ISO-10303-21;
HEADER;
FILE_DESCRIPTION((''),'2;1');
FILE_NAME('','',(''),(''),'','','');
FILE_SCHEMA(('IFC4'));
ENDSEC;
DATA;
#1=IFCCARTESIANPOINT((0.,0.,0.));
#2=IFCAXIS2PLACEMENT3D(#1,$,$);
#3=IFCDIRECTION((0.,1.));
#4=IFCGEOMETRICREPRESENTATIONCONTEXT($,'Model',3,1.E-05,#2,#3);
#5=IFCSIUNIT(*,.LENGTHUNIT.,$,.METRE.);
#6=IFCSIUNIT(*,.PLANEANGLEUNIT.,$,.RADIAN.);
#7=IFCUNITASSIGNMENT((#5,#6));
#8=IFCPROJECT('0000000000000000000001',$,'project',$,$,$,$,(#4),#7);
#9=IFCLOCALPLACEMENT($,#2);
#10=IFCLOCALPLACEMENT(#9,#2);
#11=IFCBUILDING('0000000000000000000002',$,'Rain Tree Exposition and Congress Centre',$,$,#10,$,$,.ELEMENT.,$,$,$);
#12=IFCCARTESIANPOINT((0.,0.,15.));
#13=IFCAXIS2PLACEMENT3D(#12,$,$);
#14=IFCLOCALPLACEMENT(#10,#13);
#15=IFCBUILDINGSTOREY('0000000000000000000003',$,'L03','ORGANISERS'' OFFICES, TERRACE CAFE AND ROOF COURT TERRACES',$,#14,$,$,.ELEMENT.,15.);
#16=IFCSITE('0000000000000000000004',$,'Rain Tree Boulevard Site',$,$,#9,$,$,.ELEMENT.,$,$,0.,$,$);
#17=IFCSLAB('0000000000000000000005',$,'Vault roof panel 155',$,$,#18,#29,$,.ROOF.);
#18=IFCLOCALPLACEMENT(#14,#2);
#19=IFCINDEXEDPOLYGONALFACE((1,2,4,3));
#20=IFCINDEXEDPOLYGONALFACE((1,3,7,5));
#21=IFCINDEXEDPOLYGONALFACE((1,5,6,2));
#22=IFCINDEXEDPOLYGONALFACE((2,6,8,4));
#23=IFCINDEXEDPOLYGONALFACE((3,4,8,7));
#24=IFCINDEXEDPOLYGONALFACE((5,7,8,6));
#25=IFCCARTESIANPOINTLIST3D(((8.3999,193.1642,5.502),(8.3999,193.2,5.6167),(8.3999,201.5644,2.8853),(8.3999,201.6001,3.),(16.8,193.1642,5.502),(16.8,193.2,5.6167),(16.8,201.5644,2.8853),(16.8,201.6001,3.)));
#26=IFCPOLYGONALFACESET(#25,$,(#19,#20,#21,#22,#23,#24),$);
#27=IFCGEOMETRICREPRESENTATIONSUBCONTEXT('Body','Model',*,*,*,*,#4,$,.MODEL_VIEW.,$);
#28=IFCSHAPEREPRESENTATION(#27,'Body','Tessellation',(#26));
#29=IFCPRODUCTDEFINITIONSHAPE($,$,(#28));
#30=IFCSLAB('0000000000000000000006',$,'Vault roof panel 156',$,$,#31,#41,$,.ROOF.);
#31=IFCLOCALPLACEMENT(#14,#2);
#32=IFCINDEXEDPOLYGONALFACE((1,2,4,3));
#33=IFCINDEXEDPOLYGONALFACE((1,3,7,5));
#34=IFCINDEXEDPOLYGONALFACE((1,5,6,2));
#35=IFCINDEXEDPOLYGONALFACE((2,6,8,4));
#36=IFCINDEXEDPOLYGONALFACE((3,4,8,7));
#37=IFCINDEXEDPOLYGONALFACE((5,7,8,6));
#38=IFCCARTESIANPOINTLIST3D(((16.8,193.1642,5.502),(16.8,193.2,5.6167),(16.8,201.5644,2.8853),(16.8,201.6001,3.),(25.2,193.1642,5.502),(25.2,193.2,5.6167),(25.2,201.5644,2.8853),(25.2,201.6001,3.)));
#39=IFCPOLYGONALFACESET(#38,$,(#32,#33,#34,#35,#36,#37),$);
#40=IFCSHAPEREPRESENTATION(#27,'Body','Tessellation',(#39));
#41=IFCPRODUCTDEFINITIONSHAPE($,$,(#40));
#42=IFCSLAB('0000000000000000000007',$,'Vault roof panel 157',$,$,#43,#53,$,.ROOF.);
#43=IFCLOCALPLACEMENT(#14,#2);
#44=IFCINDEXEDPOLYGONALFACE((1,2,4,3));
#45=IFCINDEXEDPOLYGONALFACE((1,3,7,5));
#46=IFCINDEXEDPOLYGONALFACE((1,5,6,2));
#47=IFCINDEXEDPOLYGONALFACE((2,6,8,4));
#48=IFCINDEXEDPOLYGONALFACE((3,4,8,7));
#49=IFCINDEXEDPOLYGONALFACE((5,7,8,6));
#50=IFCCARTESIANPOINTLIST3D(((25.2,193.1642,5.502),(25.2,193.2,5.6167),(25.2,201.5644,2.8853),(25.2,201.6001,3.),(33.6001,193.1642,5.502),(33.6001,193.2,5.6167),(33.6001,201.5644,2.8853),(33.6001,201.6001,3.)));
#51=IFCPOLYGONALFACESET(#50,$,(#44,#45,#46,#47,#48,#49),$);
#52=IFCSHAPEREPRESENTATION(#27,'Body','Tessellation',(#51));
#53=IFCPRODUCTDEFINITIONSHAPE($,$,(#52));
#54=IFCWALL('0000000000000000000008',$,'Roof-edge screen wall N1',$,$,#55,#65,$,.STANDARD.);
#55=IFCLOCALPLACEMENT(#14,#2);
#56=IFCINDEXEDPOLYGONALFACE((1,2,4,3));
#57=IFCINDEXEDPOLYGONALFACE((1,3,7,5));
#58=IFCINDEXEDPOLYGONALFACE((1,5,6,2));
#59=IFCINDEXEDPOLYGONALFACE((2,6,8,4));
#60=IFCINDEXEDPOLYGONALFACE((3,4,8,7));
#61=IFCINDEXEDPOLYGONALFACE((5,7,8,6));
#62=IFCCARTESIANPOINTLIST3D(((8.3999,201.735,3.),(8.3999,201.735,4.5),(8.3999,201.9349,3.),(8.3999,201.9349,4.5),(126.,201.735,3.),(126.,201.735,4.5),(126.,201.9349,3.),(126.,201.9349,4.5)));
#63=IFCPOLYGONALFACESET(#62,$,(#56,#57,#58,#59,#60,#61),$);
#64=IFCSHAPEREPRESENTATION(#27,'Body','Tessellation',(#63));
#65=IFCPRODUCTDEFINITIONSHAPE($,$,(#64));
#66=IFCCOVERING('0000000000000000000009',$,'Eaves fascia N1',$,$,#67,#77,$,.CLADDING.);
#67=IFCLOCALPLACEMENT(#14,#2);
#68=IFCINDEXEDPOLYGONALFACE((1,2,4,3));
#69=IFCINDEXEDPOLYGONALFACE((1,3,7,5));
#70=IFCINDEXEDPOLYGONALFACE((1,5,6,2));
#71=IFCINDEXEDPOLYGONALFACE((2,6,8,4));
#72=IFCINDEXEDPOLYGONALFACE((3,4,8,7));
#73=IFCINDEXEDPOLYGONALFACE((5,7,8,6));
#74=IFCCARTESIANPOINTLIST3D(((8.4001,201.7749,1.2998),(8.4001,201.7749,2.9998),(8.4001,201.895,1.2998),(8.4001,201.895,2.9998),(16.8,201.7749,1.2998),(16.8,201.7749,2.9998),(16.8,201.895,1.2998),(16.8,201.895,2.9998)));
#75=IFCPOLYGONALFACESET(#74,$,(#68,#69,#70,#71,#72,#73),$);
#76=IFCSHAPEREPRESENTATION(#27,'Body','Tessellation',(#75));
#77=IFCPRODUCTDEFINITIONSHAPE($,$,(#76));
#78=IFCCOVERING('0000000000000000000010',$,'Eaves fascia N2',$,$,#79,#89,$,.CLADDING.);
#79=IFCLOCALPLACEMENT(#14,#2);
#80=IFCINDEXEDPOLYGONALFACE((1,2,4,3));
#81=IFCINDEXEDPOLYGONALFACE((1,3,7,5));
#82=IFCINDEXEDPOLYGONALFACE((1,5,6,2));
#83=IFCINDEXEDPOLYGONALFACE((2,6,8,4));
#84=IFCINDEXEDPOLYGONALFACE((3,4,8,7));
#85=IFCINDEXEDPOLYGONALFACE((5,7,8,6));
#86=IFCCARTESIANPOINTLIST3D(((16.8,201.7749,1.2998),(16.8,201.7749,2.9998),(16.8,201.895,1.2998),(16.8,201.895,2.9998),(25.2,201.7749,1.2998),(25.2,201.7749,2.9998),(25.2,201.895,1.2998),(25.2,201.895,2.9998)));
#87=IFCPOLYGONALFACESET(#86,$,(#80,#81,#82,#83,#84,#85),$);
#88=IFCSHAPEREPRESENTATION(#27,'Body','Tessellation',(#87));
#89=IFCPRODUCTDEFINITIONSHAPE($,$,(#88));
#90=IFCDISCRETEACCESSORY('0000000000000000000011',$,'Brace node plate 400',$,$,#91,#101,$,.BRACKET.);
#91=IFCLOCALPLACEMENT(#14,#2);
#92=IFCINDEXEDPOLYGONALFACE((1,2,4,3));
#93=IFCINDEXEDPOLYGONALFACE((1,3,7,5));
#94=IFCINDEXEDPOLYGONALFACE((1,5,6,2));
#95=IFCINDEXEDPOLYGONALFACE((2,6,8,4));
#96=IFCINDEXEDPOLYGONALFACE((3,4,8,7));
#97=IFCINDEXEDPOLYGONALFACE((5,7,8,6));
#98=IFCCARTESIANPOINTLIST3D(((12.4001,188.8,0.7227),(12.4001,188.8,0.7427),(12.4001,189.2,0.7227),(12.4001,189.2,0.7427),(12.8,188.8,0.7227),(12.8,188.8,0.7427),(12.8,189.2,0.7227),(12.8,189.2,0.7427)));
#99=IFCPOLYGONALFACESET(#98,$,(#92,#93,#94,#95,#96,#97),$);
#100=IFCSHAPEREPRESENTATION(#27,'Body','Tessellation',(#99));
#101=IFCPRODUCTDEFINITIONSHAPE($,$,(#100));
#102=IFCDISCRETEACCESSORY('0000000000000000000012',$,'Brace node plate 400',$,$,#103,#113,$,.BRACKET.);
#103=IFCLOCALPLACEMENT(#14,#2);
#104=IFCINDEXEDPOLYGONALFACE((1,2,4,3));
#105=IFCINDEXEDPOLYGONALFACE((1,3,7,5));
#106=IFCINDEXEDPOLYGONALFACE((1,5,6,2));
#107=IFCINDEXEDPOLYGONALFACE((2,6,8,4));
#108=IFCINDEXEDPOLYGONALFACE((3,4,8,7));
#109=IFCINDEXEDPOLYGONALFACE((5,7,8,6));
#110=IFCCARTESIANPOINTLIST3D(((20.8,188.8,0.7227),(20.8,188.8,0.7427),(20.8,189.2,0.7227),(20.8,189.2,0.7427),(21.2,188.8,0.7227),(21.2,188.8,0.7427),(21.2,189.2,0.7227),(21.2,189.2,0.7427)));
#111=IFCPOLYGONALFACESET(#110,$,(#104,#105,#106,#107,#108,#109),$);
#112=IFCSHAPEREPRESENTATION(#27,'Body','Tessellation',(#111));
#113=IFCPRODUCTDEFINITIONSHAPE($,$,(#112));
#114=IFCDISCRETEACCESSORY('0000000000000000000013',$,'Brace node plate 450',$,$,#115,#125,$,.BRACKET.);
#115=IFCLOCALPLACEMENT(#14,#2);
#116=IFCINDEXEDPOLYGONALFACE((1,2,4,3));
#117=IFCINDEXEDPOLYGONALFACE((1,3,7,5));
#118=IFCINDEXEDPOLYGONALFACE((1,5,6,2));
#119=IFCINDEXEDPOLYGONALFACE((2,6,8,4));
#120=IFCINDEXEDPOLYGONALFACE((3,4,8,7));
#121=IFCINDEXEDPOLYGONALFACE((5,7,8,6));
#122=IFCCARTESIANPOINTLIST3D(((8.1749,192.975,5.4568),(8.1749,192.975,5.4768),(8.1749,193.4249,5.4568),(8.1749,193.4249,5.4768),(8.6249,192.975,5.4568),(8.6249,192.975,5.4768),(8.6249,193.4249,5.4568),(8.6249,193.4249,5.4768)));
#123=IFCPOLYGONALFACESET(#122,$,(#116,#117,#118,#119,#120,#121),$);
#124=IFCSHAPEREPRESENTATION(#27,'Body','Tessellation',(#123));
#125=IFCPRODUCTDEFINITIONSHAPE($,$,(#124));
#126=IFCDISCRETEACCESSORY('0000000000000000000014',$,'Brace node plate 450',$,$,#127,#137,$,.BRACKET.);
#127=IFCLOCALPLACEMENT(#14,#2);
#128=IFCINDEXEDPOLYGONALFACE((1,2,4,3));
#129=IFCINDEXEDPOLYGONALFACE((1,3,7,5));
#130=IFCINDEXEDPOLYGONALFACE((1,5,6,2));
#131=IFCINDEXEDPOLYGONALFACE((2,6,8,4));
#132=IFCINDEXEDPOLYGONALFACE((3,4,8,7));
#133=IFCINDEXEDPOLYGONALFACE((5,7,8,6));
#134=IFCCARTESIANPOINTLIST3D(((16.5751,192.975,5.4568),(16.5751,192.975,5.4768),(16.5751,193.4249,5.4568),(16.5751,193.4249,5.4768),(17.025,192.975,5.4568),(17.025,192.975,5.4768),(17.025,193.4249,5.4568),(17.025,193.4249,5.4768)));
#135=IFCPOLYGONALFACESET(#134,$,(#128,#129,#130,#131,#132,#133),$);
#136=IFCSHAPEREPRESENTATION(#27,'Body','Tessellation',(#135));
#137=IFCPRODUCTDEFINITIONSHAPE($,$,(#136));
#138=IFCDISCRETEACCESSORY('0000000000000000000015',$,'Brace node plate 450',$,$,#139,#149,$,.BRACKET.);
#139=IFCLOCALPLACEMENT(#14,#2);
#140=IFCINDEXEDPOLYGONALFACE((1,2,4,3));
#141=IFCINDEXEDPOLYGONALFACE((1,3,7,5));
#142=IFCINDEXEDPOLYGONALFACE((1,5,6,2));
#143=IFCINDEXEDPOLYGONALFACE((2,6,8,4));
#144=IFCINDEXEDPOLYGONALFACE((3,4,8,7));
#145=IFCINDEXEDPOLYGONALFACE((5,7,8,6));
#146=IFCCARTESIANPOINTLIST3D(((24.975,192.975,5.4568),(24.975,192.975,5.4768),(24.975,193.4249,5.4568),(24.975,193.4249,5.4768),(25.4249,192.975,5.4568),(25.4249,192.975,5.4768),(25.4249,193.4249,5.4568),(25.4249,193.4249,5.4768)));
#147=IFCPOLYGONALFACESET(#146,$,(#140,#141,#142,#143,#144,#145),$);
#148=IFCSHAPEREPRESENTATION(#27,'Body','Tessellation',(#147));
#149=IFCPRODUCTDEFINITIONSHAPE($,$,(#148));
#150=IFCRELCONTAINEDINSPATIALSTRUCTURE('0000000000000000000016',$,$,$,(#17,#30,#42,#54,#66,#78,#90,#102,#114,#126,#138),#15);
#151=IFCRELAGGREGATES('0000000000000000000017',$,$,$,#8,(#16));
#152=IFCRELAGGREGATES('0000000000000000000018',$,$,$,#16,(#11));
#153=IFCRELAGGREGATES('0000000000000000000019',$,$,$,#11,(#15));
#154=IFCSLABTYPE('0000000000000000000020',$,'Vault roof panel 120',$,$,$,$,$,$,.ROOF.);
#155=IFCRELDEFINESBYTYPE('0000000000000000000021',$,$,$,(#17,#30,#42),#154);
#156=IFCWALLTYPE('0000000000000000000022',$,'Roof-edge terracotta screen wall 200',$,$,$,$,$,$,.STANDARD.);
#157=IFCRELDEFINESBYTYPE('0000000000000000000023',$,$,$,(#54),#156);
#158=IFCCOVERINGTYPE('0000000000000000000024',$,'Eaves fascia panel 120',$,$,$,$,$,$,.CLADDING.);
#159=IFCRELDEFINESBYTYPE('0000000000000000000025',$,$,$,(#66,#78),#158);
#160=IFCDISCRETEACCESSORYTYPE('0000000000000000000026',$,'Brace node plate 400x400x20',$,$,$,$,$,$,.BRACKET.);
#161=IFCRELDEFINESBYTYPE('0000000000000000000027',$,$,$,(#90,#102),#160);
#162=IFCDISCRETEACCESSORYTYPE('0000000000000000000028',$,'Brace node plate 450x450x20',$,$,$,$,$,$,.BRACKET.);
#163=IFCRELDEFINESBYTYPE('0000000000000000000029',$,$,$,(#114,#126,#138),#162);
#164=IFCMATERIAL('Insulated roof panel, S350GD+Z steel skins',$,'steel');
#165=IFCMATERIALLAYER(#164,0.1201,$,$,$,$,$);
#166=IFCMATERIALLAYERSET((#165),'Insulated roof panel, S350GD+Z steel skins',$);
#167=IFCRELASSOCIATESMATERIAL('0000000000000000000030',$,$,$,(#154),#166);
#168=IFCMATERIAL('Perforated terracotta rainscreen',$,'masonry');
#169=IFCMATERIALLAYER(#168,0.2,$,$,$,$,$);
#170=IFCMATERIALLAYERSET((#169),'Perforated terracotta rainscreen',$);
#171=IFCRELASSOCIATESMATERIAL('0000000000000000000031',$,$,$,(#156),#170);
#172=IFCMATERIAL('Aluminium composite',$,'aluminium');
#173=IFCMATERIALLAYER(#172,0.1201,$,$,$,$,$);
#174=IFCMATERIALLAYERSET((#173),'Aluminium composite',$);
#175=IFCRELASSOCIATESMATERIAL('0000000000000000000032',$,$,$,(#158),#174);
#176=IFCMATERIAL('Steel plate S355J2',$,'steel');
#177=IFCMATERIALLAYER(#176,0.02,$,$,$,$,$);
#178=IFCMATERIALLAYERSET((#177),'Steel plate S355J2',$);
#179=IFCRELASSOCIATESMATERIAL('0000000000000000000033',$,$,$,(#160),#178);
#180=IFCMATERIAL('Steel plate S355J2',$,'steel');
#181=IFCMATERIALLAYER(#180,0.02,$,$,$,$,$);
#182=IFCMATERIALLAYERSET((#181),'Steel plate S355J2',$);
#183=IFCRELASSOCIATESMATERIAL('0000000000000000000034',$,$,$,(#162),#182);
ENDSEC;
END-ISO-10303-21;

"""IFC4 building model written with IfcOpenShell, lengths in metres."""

from ifc_helpers import new_model, si_unit, direction, frame, frame_2d, origin, origin_2d, place, context, subcontext, project, spatial, polyline, rectangle, outline, extrude, material, layer, layer_set, type_object, element, save


model = new_model("IFC4")

# Units and contexts
model_context = context("Model", 3, precision=1e-05, world=origin(), true_north=direction((0.0, 1.0)))
body_context = subcontext(model_context, "Body", "Model", "MODEL_VIEW")
ifc_project = project(units=[si_unit("LENGTHUNIT", "METRE"), si_unit("PLANEANGLEUNIT", "RADIAN")], contexts=[model_context])

# Site, building, storey
site_placement = place(None, origin())
site = spatial("IfcSite", under=ifc_project, at=site_placement, Name="Rain Tree Boulevard Site", CompositionType="ELEMENT", RefElevation=0.0)
building_placement = place(site_placement, origin())
building = spatial("IfcBuilding", under=site, at=building_placement, Name="Rain Tree Exposition and Congress Centre", CompositionType="ELEMENT")
storey_placement = place(building_placement, frame((0.0, 0.0, 15.0)))
storey = spatial("IfcBuildingStorey", under=building, at=storey_placement, Name="L03", Description="ORGANISERS' OFFICES, TERRACE CAFE AND ROOF COURT TERRACES", CompositionType="ELEMENT", Elevation=15.0)

# Slabs
ifc_material_1 = material(Name="Insulated roof panel, S350GD+Z steel skins", Category="steel")
ifc_layer_1 = layer(ifc_material_1, 0.1201)
ifc_layer_set_1 = layer_set([ifc_layer_1], Name="Insulated roof panel, S350GD+Z steel skins")
slab_type = type_object("IfcSlabType", Name="Vault roof panel 120", PredefinedType="ROOF", material=ifc_layer_set_1)
slab_1_placement = place(storey_placement, frame((8.3999, 193.2, 5.6167), z_axis=(0.0, 0.297411, 0.95475), x_axis=(1.0, 0.0, 0.0)))
element("IfcSlab", 1, at=slab_1_placement, inside=storey, type_object=slab_type, Name="Vault roof panel 155", PredefinedType="ROOF", context=body_context, shape_type="SweptSolid", body=[
    extrude(outline(polyline([(0.0, 0.0), (8.4001, 0.0), (8.4001, 8.7983), (0.0, 8.7983), (0.0, 0.0)])), origin(), (0.0, 0.0, -1.0), 0.1201),
])
slab_2_placement = place(storey_placement, frame((16.8, 193.2, 5.6167), z_axis=(0.0, 0.297411, 0.95475), x_axis=(1.0, 0.0, 0.0)))
element("IfcSlab", 2, at=slab_2_placement, inside=storey, type_object=slab_type, Name="Vault roof panel 156", PredefinedType="ROOF", context=body_context, shape_type="SweptSolid", body=[
    extrude(outline(polyline([(0.0, 0.0), (8.3999, 0.0), (8.3999, 8.7983), (0.0, 8.7983), (0.0, 0.0)])), origin(), (0.0, 0.0, -1.0), 0.1201),
])
slab_3_placement = place(storey_placement, frame((25.2, 193.2, 5.6167), z_axis=(0.0, 0.297411, 0.95475), x_axis=(1.0, 0.0, 0.0)))
element("IfcSlab", 3, at=slab_3_placement, inside=storey, type_object=slab_type, Name="Vault roof panel 157", PredefinedType="ROOF", context=body_context, shape_type="SweptSolid", body=[
    extrude(outline(polyline([(0.0, 0.0), (8.4001, 0.0), (8.4001, 8.7983), (0.0, 8.7983), (0.0, 0.0)])), origin(), (0.0, 0.0, -1.0), 0.1201),
])

# Wall
ifc_material_2 = material(Name="Perforated terracotta rainscreen", Category="masonry")
ifc_layer_2 = layer(ifc_material_2, 0.2)
ifc_layer_set_2 = layer_set([ifc_layer_2], Name="Perforated terracotta rainscreen")
wall_type = type_object("IfcWallType", Name="Roof-edge terracotta screen wall 200", PredefinedType="STANDARD", material=ifc_layer_set_2)
wall_placement = place(storey_placement, frame((8.3999, 201.835, 3.0), z_axis=(0.0, 0.0, 1.0), x_axis=(1.0, 0.0, 0.0)))
element("IfcWall", 4, at=wall_placement, inside=storey, type_object=wall_type, Name="Roof-edge screen wall N1", PredefinedType="STANDARD", context=body_context, shape_type="SweptSolid", body=[
    extrude(rectangle(XDim=117.6001, YDim=0.2, at=frame_2d((58.8, 0.0))), origin(), (0.0, 0.0, 1.0), 1.5),
])

# Coverings
ifc_material_3 = material(Name="Aluminium composite", Category="aluminium")
ifc_layer_3 = layer(ifc_material_3, 0.1201)
ifc_layer_set_3 = layer_set([ifc_layer_3], Name="Aluminium composite")
covering_type = type_object("IfcCoveringType", Name="Eaves fascia panel 120", PredefinedType="CLADDING", material=ifc_layer_set_3)
for number, where, z_axis, x_axis, name in (
    (5, (12.6001, 201.835, 1.2998), (0.0, 0.0, 1.0), (1.0, 0.0, 0.0), "Eaves fascia N1"),
    (6, (21.0, 201.835, 1.2998), (0.0, 0.0, 1.0), (1.0, 0.0, 0.0), "Eaves fascia N2"),
):
    element("IfcCovering", number, at=place(storey_placement, frame(where, z_axis=z_axis, x_axis=x_axis)), inside=storey, type_object=covering_type, Name=name, PredefinedType="CLADDING", context=body_context, shape_type="SweptSolid", body=[
        extrude(rectangle(XDim=8.3999, YDim=0.1201, at=origin_2d()), origin(), (0.0, 0.0, 1.0), 1.7),
    ])

# Discrete accessories
ifc_material_4 = material(Name="Steel plate S355J2", Category="steel")
ifc_layer_4 = layer(ifc_material_4, 0.02)
ifc_layer_set_4 = layer_set([ifc_layer_4], Name="Steel plate S355J2")
discrete_accessory_type_1 = type_object("IfcDiscreteAccessoryType", Name="Brace node plate 400x400x20", PredefinedType="BRACKET", material=ifc_layer_set_4)
for number, where, z_axis, x_axis, name in (
    (7, (12.6001, 189.0, 0.7227), (0.0, 0.0, 1.0), (1.0, 0.0, 0.0), "Brace node plate 400"),
    (8, (21.0, 189.0, 0.7227), (0.0, 0.0, 1.0), (1.0, 0.0, 0.0), "Brace node plate 400"),
):
    element("IfcDiscreteAccessory", number, at=place(storey_placement, frame(where, z_axis=z_axis, x_axis=x_axis)), inside=storey, type_object=discrete_accessory_type_1, Name=name, PredefinedType="BRACKET", context=body_context, shape_type="SweptSolid", body=[
        extrude(rectangle(XDim=0.3999, YDim=0.3999, at=origin_2d()), origin(), (0.0, 0.0, 1.0), 0.02),
    ])
ifc_material_5 = material(Name="Steel plate S355J2", Category="steel")
ifc_layer_5 = layer(ifc_material_5, 0.02)
ifc_layer_set_5 = layer_set([ifc_layer_5], Name="Steel plate S355J2")
discrete_accessory_type_2 = type_object("IfcDiscreteAccessoryType", Name="Brace node plate 450x450x20", PredefinedType="BRACKET", material=ifc_layer_set_5)
for number, where, z_axis, x_axis, name in (
    (9, (8.3999, 193.2, 5.4568), (0.0, 0.0, 1.0), (1.0, 0.0, 0.0), "Brace node plate 450"),
    (10, (16.8, 193.2, 5.4568), (0.0, 0.0, 1.0), (1.0, 0.0, 0.0), "Brace node plate 450"),
    (11, (25.2, 193.2, 5.4568), (0.0, 0.0, 1.0), (1.0, 0.0, 0.0), "Brace node plate 450"),
):
    element("IfcDiscreteAccessory", number, at=place(storey_placement, frame(where, z_axis=z_axis, x_axis=x_axis)), inside=storey, type_object=discrete_accessory_type_2, Name=name, PredefinedType="BRACKET", context=body_context, shape_type="SweptSolid", body=[
        extrude(rectangle(XDim=0.45, YDim=0.45, at=origin_2d()), origin(), (0.0, 0.0, 1.0), 0.02),
    ])

save(model, "model.ifc")
